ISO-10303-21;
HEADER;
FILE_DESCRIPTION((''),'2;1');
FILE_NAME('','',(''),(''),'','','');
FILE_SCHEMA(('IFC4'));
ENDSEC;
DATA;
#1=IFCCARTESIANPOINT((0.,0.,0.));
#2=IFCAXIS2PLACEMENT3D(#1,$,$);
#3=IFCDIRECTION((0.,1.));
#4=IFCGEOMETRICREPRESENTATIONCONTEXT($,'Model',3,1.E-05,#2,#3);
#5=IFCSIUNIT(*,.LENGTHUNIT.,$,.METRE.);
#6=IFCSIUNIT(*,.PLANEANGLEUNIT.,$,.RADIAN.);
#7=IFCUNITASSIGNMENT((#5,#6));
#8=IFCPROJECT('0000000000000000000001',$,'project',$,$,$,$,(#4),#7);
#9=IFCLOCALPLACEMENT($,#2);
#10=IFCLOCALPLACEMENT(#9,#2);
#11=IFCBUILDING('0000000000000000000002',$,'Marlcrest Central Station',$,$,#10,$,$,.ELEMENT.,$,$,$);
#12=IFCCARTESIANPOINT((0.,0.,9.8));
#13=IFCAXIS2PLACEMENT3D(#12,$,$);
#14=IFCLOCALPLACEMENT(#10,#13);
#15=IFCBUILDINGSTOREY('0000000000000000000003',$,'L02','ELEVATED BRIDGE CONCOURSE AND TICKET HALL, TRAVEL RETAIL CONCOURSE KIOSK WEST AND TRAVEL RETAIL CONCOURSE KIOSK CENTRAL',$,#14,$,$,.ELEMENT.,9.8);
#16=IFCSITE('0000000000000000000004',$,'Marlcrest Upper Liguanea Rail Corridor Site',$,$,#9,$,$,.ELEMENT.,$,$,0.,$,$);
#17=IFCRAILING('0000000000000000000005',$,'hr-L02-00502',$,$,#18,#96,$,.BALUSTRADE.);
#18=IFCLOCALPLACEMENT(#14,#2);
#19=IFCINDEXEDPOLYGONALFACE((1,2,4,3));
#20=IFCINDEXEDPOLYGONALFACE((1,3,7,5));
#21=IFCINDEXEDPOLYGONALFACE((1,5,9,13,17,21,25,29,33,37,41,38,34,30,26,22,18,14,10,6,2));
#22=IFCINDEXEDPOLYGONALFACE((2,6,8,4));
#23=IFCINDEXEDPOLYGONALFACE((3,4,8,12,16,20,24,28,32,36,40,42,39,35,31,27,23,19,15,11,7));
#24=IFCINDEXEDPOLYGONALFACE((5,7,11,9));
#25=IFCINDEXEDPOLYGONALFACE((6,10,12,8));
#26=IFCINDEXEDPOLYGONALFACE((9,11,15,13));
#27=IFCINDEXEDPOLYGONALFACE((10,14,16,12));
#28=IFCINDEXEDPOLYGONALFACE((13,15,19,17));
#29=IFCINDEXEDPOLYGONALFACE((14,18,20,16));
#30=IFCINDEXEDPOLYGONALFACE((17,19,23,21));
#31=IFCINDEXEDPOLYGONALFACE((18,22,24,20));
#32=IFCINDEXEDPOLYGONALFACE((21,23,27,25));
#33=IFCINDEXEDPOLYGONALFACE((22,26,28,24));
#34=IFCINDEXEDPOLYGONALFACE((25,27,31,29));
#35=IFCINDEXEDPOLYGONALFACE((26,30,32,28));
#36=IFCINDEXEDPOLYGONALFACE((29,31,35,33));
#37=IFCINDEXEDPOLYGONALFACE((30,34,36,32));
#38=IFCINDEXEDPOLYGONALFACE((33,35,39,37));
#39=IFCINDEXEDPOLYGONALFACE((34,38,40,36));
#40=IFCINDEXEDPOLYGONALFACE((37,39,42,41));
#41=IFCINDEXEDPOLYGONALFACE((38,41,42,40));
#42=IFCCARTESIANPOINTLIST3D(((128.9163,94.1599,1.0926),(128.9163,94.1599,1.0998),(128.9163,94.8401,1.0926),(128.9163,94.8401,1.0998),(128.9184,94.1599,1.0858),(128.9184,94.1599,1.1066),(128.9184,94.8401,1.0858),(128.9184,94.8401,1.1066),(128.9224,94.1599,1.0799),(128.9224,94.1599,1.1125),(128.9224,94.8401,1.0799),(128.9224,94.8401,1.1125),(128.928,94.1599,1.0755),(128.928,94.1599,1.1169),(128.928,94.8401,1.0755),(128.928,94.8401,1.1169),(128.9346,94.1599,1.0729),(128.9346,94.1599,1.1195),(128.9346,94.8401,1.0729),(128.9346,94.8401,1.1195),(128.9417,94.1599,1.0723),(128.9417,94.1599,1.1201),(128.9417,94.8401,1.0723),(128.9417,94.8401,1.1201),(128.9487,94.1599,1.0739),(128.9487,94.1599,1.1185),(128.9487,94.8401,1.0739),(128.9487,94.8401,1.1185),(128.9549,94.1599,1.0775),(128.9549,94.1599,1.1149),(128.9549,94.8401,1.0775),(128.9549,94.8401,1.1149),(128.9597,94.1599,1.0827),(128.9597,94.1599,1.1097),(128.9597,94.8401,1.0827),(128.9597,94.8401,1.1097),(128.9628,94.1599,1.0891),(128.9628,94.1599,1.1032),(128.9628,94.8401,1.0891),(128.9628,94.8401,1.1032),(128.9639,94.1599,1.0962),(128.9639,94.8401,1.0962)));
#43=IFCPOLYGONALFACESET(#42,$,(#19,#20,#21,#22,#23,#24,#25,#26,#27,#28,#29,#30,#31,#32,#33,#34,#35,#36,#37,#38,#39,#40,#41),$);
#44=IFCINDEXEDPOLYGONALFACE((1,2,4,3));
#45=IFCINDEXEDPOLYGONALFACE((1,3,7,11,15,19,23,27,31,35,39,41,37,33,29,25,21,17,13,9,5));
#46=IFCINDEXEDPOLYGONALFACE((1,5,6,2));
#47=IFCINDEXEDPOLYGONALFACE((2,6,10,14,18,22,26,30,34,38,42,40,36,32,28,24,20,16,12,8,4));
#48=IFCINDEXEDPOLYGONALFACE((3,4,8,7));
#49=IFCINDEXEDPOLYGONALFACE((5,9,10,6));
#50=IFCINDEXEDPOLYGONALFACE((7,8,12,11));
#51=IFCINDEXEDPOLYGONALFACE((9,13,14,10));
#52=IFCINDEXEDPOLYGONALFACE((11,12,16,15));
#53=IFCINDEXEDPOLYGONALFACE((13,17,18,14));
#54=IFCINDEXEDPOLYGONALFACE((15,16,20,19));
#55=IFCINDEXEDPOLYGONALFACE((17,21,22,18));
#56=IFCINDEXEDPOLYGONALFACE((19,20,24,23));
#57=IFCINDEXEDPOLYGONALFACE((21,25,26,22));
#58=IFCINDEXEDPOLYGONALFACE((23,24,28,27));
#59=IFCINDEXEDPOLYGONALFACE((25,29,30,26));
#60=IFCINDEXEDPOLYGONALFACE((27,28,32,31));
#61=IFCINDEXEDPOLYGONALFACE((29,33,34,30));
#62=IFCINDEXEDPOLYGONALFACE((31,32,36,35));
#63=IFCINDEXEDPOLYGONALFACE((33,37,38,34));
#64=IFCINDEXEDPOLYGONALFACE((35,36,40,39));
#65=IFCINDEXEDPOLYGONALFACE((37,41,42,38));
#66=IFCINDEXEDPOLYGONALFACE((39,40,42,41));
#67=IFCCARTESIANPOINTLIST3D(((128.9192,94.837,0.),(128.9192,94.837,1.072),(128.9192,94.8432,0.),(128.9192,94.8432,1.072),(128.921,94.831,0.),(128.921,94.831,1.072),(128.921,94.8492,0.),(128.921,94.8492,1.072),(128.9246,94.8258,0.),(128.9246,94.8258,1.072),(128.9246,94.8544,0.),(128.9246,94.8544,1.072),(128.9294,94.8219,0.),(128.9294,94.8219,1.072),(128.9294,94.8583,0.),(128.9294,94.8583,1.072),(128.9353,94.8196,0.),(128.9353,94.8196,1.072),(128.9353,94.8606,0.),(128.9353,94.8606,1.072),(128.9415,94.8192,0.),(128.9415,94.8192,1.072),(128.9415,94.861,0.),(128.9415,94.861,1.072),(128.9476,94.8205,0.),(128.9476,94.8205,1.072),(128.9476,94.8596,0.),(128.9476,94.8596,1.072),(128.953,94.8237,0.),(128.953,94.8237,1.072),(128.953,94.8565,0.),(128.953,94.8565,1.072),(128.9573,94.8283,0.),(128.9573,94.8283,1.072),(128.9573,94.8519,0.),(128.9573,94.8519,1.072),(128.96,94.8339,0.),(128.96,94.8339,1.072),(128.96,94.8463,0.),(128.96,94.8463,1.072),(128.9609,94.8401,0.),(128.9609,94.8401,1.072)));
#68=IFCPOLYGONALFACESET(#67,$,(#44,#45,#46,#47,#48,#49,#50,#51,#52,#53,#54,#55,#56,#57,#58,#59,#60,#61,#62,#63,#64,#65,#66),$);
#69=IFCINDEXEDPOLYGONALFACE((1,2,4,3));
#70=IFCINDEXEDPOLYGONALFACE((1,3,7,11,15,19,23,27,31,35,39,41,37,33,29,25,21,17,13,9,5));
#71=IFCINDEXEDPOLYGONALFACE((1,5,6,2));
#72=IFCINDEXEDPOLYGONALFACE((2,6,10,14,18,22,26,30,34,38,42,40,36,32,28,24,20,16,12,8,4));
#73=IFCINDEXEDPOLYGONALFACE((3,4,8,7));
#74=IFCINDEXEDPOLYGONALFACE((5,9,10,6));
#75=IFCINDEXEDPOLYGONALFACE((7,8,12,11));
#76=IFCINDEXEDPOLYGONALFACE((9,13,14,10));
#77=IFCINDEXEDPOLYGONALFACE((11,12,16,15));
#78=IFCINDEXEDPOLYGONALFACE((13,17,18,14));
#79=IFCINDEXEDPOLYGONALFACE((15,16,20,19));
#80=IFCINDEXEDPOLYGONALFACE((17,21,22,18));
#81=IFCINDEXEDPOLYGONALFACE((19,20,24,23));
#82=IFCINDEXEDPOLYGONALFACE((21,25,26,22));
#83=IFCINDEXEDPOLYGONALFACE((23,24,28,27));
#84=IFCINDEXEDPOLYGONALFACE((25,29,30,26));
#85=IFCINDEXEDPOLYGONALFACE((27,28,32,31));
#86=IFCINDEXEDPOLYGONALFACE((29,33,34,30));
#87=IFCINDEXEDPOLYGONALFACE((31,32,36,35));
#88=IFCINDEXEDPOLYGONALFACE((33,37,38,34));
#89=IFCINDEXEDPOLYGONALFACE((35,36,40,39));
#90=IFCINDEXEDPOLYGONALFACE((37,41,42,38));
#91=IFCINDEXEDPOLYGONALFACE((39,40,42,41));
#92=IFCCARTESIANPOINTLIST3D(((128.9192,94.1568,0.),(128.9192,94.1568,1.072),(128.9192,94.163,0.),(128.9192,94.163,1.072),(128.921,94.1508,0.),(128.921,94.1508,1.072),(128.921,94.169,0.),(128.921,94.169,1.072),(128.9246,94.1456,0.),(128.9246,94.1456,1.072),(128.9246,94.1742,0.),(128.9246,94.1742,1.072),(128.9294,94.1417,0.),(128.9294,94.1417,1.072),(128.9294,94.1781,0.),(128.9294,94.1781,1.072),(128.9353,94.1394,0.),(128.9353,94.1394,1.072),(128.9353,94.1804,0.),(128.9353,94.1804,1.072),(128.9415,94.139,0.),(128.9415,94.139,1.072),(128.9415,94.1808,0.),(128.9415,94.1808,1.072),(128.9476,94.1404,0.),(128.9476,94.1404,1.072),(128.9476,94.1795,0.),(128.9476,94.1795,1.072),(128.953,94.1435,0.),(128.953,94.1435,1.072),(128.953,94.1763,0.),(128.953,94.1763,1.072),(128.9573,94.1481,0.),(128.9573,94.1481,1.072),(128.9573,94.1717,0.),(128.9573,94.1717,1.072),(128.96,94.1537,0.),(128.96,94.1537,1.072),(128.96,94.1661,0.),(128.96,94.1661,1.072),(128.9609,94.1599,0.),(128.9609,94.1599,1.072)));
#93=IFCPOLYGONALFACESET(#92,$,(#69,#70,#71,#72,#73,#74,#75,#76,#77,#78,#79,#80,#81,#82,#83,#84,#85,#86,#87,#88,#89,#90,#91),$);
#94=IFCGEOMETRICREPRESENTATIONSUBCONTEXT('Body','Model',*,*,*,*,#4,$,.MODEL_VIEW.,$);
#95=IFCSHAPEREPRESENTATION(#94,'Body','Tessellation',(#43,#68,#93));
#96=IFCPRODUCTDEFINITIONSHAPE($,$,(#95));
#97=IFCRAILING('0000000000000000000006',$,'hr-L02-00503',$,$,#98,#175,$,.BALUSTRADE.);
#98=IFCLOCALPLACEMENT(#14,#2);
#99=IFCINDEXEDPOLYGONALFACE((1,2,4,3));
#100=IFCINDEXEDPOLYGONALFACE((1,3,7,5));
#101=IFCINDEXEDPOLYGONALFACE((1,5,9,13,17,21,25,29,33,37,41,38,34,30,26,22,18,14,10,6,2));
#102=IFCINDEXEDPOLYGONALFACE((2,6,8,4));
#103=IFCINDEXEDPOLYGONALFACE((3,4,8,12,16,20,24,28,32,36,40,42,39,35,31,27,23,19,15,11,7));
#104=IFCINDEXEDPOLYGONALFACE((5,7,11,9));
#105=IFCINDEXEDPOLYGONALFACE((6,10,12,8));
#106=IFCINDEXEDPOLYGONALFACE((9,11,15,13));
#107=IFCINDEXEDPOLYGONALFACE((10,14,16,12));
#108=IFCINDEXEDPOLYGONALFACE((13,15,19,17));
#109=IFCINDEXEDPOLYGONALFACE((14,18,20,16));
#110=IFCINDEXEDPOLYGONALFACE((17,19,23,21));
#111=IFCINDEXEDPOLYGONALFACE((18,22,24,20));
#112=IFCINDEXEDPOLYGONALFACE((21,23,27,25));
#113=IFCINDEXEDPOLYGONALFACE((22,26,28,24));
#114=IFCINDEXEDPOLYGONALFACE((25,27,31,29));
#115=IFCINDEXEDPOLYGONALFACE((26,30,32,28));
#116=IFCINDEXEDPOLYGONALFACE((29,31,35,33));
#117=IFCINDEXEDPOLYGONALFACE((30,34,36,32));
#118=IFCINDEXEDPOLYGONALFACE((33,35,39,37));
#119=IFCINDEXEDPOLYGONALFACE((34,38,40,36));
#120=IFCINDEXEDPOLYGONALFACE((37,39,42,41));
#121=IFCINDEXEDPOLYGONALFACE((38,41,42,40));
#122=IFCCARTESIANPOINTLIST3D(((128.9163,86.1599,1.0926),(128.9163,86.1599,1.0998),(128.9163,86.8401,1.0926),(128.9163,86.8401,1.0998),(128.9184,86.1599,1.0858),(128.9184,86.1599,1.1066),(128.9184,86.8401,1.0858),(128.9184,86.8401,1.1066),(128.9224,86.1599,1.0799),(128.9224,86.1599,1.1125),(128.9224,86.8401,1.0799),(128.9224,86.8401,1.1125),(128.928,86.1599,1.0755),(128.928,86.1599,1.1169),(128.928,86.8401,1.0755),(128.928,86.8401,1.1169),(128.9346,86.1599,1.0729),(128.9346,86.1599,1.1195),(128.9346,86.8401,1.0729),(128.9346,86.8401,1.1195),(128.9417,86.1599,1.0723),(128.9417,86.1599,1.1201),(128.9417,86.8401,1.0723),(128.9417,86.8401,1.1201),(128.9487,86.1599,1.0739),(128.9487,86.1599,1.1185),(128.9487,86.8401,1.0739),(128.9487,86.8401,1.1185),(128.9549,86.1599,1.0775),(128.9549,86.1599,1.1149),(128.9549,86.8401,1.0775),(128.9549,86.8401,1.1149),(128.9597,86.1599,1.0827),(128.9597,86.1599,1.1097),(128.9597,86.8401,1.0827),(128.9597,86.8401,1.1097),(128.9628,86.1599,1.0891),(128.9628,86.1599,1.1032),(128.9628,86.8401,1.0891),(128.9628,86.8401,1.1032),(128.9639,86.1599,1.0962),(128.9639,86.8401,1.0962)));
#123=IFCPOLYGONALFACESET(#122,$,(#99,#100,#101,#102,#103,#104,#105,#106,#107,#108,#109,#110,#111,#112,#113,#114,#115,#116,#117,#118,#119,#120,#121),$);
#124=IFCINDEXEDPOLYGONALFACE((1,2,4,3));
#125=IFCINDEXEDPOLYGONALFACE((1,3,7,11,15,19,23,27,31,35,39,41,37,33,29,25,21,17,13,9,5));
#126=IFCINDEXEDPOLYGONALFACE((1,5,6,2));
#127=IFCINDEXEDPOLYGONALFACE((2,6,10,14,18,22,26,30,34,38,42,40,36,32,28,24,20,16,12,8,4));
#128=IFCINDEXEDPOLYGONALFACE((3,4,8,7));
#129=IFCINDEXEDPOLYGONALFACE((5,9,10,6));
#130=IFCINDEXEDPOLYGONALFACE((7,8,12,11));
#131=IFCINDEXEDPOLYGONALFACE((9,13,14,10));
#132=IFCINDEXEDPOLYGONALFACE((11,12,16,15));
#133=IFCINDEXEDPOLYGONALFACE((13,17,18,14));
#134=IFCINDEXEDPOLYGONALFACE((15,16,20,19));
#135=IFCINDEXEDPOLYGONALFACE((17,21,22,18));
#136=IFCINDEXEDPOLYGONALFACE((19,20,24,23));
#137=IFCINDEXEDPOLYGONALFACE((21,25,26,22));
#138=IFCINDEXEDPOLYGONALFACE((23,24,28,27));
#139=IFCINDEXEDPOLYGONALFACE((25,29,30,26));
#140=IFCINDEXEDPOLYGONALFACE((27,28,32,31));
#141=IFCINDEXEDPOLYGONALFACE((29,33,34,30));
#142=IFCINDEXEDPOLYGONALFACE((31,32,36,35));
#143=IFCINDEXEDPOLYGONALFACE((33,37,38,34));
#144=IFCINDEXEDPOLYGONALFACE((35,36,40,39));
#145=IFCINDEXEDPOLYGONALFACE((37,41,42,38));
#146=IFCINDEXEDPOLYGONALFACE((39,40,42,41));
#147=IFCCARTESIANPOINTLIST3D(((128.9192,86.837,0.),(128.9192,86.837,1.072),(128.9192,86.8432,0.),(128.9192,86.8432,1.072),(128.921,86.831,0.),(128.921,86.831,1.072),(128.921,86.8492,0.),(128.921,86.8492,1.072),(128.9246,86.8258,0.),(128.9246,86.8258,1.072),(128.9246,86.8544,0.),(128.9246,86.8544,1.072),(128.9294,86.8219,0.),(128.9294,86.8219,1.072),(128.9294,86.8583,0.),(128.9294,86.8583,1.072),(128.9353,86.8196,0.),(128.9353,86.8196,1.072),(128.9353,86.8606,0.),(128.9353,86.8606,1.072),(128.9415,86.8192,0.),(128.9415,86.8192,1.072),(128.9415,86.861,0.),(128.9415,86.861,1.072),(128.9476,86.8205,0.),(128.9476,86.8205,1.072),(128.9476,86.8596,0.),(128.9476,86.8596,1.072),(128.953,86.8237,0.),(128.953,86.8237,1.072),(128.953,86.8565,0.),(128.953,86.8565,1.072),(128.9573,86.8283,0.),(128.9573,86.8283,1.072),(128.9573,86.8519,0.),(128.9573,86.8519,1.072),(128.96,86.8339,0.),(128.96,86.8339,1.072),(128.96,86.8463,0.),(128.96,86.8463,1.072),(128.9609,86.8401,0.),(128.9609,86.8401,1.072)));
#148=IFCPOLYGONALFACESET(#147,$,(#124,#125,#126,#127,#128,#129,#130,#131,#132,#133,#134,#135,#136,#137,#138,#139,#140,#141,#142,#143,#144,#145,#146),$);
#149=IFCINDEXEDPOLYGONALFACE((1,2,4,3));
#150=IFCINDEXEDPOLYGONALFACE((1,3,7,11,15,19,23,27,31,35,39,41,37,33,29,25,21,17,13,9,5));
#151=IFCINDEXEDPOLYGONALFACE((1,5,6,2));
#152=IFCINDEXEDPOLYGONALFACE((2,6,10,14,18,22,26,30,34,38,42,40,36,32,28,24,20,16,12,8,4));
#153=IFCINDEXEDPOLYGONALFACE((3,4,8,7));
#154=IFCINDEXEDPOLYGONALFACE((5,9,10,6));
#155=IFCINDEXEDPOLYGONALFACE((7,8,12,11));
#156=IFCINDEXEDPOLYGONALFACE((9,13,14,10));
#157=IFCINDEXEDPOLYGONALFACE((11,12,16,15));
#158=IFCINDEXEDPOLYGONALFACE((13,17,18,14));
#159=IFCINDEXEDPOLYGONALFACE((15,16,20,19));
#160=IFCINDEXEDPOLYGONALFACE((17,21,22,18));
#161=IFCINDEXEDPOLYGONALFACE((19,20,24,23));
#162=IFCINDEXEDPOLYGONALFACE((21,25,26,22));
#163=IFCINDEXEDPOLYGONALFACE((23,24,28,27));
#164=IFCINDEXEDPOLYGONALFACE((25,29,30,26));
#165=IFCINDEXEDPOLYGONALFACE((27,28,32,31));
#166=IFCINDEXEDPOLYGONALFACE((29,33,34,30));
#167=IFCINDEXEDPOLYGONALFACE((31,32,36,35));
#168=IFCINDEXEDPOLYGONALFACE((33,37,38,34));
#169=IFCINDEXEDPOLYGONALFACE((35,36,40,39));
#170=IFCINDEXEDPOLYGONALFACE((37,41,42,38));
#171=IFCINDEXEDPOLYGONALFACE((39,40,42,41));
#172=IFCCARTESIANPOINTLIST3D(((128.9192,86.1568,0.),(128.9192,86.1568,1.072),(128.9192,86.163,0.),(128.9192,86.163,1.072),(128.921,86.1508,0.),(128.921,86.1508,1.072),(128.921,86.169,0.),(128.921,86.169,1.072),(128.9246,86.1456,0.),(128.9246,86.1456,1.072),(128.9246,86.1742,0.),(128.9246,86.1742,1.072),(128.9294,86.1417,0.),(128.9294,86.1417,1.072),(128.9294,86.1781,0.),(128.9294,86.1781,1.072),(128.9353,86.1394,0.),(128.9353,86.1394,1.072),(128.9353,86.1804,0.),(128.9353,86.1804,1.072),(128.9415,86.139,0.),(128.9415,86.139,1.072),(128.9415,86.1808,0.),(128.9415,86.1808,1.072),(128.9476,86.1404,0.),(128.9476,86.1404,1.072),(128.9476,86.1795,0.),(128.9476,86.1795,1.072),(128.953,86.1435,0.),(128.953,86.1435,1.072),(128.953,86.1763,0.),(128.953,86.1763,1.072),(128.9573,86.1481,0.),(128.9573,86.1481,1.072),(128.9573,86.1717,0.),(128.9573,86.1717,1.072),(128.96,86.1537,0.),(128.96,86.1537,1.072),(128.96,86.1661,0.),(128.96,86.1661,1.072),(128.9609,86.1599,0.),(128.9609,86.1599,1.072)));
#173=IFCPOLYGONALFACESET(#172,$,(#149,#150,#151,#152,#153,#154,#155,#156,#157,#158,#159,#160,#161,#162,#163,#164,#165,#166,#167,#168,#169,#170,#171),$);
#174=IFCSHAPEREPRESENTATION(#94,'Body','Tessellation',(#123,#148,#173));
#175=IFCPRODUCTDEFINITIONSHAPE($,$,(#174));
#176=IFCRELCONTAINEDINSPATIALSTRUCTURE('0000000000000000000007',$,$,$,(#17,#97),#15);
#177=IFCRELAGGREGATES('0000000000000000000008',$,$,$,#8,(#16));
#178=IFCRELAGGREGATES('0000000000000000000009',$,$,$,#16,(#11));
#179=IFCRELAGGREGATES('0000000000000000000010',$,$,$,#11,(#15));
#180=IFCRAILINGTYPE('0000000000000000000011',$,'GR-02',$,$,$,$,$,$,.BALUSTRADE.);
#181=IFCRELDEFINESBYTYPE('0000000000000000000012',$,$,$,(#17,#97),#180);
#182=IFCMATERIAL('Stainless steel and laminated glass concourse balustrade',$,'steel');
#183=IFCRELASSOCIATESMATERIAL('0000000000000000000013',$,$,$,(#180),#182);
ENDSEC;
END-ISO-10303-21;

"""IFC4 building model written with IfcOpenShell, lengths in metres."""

from ifc_helpers import new_model, si_unit, direction, frame, origin, origin_2d, place, context, subcontext, project, spatial, circle, extrude, material, type_object, element, save


model = new_model("IFC4")

# Units and contexts
model_context = context("Model", 3, precision=1e-05, world=origin(), true_north=direction((0.0, 1.0)))
body_context = subcontext(model_context, "Body", "Model", "MODEL_VIEW")
ifc_project = project(units=[si_unit("LENGTHUNIT", "METRE"), si_unit("PLANEANGLEUNIT", "RADIAN")], contexts=[model_context])

# Site, building, storey
site_placement = place(None, origin())
site = spatial("IfcSite", under=ifc_project, at=site_placement, Name="Marlcrest Upper Liguanea Rail Corridor Site", CompositionType="ELEMENT", RefElevation=0.0)
building_placement = place(site_placement, origin())
building = spatial("IfcBuilding", under=site, at=building_placement, Name="Marlcrest Central Station", CompositionType="ELEMENT")
storey_placement = place(building_placement, frame((0.0, 0.0, 9.8)))
storey = spatial("IfcBuildingStorey", under=building, at=storey_placement, Name="L02", Description="ELEVATED BRIDGE CONCOURSE AND TICKET HALL, TRAVEL RETAIL CONCOURSE KIOSK WEST AND TRAVEL RETAIL CONCOURSE KIOSK CENTRAL", CompositionType="ELEMENT", Elevation=9.8)

# Railings
ifc_material_1 = material(Name="Stainless steel and laminated glass concourse balustrade", Category="steel")
railing_type = type_object("IfcRailingType", Name="GR-02", PredefinedType="BALUSTRADE", material=ifc_material_1)
for number, where, name in (
    (1, (128.9399, 94.8401, 0.0), "hr-L02-00502"),
    (2, (128.9399, 86.8401, 0.0), "hr-L02-00503"),
):
    element("IfcRailing", number, at=place(storey_placement, frame(where)), inside=storey, type_object=railing_type, Name=name, PredefinedType="BALUSTRADE", context=body_context, shape_type="SweptSolid", body=[
        extrude(circle(Radius=0.0239, at=origin_2d()), frame((0.0, 0.0, 1.0962), z_axis=(0.0, -1.0, 0.0), x_axis=(1.0, 0.0, 0.0)), (0.0, 0.0, 1.0), 0.6802),
        extrude(circle(Radius=0.021, at=origin_2d()), origin(), (0.0, 0.0, 1.0), 1.072),
        extrude(circle(Radius=0.021, at=origin_2d()), frame((0.0, -0.6802, 0.0)), (0.0, 0.0, 1.0), 1.072),
    ])

save(model, "model.ifc")
